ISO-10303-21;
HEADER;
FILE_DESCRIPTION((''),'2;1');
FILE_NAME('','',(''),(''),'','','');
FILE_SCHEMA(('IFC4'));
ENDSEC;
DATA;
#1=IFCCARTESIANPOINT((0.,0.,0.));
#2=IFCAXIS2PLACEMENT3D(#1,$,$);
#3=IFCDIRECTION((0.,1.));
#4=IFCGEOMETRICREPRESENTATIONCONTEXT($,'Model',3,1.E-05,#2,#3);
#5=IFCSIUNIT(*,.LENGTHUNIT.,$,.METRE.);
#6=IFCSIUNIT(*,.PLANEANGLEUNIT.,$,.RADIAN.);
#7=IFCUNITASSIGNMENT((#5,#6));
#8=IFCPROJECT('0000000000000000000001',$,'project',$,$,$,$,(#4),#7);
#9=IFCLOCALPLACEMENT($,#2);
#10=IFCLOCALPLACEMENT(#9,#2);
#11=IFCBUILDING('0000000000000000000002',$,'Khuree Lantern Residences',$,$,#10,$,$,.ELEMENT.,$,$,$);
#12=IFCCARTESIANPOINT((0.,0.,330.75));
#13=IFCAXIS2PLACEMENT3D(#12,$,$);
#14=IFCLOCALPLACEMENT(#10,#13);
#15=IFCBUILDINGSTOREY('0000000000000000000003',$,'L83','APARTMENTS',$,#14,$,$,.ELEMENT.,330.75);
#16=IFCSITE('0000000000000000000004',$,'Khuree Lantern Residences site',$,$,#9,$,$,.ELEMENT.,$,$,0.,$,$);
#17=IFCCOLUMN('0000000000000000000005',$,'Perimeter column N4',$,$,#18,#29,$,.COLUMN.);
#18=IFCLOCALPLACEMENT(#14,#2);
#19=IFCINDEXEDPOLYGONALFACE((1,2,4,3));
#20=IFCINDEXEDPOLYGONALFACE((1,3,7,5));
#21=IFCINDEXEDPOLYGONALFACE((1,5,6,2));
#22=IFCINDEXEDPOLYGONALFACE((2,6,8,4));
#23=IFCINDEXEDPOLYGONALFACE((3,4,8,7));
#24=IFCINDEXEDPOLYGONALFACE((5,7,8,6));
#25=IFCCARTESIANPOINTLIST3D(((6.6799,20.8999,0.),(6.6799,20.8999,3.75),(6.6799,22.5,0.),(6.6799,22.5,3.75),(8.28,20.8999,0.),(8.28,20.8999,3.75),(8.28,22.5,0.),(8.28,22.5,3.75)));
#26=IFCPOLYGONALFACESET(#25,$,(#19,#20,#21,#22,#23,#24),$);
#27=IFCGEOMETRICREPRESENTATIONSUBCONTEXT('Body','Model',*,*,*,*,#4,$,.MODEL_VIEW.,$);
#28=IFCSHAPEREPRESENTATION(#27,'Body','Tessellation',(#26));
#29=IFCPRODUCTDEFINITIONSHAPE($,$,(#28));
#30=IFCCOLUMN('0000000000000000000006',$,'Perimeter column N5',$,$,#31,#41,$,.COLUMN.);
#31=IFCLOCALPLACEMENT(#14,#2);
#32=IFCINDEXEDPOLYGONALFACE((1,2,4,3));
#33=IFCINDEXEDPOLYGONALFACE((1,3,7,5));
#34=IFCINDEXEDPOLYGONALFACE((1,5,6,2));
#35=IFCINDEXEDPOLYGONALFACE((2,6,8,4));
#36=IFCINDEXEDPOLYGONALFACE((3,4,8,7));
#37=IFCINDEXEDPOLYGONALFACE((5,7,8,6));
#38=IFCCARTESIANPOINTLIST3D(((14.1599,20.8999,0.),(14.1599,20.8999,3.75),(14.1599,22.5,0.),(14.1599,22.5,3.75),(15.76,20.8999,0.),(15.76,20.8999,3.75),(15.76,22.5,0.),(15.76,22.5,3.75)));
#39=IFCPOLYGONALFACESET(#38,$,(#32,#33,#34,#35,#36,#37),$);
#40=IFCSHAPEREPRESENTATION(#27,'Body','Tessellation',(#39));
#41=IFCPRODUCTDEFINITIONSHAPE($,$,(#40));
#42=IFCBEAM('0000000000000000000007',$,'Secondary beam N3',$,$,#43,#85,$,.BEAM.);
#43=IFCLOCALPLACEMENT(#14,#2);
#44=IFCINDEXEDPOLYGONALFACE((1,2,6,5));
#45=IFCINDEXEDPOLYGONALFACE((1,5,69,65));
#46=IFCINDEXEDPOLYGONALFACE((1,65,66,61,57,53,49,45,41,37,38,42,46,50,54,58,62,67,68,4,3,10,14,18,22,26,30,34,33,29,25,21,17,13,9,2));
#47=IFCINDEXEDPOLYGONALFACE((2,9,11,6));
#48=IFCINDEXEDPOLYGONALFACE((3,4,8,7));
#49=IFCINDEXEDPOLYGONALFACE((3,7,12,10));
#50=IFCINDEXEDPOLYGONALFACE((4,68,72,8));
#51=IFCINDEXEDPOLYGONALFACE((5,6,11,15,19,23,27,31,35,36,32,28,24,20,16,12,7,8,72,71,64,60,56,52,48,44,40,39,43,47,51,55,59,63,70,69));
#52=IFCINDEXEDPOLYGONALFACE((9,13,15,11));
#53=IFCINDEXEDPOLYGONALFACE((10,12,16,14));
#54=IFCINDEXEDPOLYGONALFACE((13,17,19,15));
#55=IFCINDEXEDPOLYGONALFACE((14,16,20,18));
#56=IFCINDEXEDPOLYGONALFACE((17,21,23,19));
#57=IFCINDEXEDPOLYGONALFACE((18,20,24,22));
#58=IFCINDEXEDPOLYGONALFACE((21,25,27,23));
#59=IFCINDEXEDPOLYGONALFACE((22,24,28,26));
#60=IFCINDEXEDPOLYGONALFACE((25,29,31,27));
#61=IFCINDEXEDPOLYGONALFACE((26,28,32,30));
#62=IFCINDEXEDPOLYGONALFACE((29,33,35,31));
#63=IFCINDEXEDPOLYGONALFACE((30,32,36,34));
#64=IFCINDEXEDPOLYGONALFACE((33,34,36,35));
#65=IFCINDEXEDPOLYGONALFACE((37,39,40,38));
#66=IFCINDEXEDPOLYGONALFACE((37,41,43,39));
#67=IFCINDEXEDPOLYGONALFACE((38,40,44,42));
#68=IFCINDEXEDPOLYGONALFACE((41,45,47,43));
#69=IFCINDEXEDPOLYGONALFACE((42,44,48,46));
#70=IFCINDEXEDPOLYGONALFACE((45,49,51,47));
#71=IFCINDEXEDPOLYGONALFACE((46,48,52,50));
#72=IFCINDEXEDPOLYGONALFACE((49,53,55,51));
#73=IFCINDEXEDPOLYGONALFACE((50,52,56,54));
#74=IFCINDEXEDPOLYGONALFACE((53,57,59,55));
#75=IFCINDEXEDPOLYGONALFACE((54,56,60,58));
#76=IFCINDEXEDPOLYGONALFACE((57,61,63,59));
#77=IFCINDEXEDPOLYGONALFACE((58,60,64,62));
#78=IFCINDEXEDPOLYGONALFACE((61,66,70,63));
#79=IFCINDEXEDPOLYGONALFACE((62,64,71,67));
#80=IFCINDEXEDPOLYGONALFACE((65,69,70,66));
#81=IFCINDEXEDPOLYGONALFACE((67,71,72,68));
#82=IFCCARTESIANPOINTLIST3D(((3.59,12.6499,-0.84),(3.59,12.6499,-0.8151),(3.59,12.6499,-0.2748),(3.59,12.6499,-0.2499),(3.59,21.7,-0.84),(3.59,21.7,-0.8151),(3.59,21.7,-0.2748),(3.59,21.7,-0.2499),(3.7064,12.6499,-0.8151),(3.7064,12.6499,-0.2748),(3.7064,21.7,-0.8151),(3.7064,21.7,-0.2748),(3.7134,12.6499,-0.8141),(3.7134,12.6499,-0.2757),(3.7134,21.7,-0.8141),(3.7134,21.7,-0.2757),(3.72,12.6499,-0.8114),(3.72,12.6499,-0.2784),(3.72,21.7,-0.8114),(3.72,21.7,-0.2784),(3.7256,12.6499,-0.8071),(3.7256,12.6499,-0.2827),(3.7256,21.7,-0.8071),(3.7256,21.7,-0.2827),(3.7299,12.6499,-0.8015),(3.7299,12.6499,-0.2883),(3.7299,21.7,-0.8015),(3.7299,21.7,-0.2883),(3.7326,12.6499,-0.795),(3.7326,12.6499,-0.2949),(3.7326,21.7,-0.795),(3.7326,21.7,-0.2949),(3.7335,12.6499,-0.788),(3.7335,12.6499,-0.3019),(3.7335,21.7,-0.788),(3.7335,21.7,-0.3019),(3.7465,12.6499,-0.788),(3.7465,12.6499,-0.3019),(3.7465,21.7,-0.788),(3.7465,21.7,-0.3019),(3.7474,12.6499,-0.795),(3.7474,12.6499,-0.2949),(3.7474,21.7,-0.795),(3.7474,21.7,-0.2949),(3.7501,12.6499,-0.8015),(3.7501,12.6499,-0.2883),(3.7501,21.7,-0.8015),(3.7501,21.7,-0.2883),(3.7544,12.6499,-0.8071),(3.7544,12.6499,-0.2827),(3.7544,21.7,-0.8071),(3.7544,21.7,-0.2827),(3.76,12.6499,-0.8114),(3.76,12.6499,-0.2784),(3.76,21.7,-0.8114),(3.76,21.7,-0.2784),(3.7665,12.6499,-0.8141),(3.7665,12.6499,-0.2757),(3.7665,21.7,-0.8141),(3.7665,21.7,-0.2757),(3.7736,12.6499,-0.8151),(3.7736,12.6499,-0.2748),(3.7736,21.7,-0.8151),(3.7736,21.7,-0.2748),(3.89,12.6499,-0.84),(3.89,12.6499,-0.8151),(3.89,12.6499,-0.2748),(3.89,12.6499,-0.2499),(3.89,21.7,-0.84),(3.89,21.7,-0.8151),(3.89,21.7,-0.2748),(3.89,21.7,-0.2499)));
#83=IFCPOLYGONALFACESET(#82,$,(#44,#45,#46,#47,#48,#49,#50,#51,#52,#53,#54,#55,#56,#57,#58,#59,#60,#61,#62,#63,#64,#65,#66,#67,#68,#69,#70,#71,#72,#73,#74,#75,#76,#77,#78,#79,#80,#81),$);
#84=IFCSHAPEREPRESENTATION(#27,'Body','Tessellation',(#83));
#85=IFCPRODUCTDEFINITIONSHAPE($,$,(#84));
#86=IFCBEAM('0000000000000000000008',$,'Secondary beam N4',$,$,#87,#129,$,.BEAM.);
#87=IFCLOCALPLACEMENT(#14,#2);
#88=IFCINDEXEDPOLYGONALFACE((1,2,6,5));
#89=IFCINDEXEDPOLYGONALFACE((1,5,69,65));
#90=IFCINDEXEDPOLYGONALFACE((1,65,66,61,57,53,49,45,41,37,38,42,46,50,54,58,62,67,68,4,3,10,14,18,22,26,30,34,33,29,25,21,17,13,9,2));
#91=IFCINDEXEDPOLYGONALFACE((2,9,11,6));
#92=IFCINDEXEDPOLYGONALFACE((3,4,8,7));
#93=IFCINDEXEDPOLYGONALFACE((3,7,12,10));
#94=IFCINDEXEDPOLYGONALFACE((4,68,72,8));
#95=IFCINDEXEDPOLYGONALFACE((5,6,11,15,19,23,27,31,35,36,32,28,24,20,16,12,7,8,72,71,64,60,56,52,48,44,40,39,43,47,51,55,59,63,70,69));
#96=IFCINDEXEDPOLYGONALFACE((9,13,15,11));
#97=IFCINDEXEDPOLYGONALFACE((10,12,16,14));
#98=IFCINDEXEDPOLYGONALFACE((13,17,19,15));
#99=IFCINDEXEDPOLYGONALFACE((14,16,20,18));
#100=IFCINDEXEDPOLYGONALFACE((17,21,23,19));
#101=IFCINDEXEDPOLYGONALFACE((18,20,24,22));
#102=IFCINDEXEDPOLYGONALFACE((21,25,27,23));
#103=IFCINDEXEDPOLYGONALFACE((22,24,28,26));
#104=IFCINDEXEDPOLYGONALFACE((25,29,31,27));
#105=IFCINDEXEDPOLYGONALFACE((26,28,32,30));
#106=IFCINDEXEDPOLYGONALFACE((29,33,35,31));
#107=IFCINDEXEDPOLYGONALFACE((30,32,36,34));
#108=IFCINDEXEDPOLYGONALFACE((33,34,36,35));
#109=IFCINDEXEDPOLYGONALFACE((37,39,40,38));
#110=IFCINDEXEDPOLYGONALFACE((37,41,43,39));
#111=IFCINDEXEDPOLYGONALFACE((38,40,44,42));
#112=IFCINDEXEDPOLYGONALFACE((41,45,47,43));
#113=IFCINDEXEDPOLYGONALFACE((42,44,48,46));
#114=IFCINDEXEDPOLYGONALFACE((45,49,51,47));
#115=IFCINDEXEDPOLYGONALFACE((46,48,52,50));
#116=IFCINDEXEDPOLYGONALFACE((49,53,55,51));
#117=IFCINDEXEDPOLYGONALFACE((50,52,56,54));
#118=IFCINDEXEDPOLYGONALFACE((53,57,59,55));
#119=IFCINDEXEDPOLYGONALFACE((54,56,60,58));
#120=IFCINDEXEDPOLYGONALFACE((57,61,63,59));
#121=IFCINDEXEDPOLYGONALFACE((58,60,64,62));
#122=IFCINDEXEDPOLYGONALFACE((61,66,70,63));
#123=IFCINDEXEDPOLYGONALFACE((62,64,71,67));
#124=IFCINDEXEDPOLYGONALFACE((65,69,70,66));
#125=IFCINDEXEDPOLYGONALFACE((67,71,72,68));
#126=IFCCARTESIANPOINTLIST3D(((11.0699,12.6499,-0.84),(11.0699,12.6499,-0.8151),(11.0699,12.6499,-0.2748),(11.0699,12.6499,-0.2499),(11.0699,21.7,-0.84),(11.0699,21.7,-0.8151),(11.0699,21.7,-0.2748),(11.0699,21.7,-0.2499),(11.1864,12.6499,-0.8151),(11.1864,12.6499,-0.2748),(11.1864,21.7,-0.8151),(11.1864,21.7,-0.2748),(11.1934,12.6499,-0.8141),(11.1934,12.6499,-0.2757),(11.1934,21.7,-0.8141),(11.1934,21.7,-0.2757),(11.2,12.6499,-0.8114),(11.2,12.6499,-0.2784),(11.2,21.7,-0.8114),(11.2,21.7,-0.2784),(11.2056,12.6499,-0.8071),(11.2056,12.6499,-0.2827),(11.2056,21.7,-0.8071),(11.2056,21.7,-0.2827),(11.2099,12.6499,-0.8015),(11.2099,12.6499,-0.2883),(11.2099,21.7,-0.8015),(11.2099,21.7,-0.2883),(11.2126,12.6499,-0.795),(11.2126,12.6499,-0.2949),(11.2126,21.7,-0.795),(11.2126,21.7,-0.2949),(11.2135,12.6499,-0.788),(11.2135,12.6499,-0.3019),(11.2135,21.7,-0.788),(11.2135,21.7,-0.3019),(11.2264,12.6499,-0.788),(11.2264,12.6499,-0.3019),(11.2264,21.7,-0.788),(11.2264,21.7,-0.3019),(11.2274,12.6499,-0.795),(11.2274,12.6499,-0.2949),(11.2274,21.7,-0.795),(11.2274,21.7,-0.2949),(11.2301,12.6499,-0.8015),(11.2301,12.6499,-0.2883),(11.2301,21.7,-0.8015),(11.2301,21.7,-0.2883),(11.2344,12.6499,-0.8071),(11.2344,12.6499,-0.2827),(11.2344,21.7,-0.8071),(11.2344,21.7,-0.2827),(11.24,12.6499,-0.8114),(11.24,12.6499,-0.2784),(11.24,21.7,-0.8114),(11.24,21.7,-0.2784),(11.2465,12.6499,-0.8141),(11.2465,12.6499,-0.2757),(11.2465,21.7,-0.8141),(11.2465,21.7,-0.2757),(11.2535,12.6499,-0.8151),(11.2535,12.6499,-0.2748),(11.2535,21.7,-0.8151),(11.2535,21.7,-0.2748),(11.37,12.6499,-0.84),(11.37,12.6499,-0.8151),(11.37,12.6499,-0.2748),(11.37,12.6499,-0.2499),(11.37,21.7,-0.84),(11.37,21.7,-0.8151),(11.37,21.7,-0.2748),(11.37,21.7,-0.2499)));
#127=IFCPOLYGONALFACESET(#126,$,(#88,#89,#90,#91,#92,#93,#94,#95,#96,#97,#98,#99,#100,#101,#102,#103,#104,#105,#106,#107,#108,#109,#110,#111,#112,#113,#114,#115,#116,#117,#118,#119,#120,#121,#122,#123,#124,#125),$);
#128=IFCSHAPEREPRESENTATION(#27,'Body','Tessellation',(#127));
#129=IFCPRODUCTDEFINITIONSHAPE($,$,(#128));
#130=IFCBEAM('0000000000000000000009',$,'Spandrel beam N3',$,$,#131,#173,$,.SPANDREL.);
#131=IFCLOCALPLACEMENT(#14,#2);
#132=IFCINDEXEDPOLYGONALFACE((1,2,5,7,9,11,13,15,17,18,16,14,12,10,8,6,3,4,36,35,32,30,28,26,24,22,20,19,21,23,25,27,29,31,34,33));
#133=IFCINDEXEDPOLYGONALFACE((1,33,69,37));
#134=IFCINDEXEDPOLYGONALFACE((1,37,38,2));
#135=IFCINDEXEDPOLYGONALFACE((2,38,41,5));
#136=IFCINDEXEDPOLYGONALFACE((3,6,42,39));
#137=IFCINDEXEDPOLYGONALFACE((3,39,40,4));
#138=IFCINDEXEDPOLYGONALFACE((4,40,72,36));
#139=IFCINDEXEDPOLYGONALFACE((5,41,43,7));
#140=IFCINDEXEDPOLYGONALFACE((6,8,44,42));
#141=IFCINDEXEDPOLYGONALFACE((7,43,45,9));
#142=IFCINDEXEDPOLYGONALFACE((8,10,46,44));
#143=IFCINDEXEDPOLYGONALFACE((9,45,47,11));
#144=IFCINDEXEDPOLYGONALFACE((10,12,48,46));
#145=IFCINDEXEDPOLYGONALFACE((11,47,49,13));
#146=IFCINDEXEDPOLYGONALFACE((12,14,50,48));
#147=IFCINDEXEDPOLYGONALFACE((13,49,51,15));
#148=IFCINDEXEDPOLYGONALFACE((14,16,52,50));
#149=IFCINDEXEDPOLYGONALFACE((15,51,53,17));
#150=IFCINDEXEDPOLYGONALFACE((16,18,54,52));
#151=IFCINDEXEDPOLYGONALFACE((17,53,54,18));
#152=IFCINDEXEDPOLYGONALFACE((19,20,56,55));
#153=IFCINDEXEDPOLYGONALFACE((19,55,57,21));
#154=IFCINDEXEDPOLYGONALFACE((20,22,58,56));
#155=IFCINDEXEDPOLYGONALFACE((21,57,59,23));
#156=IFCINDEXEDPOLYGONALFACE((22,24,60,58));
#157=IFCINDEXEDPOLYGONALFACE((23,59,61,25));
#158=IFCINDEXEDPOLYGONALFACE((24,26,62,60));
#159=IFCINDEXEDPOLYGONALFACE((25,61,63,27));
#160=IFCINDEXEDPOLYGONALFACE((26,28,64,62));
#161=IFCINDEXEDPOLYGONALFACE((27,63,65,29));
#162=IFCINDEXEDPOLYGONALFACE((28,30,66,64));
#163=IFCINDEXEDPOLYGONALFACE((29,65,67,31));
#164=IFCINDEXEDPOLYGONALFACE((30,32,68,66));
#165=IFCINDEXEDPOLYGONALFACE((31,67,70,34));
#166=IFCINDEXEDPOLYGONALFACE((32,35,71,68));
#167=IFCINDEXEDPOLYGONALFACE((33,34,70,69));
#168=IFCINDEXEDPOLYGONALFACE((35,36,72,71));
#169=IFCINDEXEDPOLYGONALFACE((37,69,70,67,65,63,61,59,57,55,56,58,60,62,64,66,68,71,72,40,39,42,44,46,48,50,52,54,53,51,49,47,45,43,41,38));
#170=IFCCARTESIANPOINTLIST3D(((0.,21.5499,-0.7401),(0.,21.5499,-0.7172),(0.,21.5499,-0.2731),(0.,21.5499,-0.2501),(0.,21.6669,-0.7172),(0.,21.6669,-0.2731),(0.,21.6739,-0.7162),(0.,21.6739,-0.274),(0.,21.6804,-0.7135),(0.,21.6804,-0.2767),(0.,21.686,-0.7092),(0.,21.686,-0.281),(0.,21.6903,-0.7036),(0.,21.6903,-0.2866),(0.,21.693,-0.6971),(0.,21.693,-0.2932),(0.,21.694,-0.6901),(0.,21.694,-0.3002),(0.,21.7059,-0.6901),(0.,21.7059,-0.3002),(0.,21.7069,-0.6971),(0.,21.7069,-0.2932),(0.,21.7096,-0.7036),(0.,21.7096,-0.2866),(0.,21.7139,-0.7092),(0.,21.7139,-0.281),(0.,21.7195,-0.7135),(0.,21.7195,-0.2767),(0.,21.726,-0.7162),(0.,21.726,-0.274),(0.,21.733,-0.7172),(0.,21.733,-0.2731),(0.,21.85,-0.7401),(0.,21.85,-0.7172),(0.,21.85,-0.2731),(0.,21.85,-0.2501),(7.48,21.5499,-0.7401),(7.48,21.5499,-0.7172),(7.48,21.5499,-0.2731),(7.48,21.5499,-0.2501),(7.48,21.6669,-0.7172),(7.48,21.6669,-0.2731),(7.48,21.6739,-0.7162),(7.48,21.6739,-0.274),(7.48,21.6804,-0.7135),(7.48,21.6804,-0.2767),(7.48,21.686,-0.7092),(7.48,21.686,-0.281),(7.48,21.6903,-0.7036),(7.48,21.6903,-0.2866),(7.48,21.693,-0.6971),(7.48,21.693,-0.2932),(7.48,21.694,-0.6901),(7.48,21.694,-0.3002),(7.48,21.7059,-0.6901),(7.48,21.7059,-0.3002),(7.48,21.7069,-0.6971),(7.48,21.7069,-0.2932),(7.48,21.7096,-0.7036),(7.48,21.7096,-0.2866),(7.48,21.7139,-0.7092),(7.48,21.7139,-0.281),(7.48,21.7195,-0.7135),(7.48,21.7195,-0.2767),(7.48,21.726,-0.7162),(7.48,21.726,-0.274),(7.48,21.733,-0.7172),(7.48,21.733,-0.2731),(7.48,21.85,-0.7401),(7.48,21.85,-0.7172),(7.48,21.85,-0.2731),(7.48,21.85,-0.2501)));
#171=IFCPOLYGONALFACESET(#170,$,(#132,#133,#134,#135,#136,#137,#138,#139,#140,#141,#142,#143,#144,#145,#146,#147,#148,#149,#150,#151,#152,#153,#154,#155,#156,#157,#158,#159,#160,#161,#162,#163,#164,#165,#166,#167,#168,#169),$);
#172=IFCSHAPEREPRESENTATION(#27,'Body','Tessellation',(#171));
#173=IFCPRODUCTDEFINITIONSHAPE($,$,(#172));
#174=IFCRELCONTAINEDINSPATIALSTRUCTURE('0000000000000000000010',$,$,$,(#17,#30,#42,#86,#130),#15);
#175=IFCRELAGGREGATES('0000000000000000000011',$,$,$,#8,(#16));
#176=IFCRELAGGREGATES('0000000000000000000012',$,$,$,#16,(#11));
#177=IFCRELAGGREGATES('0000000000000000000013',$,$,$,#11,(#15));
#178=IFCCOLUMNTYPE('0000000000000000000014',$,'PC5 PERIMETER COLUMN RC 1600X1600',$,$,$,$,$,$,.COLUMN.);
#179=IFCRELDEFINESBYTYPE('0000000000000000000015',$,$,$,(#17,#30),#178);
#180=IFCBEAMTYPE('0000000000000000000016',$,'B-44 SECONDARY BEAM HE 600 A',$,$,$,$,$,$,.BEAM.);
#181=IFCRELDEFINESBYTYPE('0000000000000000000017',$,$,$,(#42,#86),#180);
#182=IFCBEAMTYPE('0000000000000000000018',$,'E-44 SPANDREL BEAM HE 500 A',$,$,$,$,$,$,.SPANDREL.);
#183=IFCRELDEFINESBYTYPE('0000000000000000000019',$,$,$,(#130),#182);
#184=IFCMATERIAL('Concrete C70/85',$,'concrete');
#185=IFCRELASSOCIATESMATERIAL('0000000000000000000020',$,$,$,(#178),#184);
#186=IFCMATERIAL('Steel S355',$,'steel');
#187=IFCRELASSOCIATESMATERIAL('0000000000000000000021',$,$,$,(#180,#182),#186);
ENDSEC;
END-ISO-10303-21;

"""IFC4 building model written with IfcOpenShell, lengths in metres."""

from ifc_helpers import new_model, si_unit, direction, frame, origin, origin_2d, place, context, subcontext, project, spatial, rectangle, i_section, extrude, material, material_profile, profile_set, type_object, element, save


model = new_model("IFC4")

# Units and contexts
model_context = context("Model", 3, precision=1e-05, world=origin(), true_north=direction((0.0, 1.0)))
body_context = subcontext(model_context, "Body", "Model", "MODEL_VIEW")
ifc_project = project(units=[si_unit("LENGTHUNIT", "METRE"), si_unit("PLANEANGLEUNIT", "RADIAN")], contexts=[model_context])

# Site, building, storey
site_placement = place(None, origin())
site = spatial("IfcSite", under=ifc_project, at=site_placement, Name="Khuree Lantern Residences site", CompositionType="ELEMENT", RefElevation=0.0)
building_placement = place(site_placement, origin())
building = spatial("IfcBuilding", under=site, at=building_placement, Name="Khuree Lantern Residences", CompositionType="ELEMENT")
storey_placement = place(building_placement, frame((0.0, 0.0, 330.75)))
storey = spatial("IfcBuildingStorey", under=building, at=storey_placement, Name="L83", Description="APARTMENTS", CompositionType="ELEMENT", Elevation=330.75)

# Columns
ifc_material_1 = material(Name="Concrete C70/85", Category="concrete")
ifc_material_profile_1 = material_profile(ifc_material_1, rectangle(XDim=1.6001, YDim=1.6001, at=origin_2d()), Name="RC 1600X1600")
ifc_profile_set_1 = profile_set([ifc_material_profile_1], Name="Concrete C70/85")
column_type = type_object("IfcColumnType", Name="PC5 PERIMETER COLUMN RC 1600X1600", PredefinedType="COLUMN", material=ifc_profile_set_1)
for number, where, z_axis, x_axis, name in (
    (1, (7.48, 21.7, 0.0), (0.0, 0.0, 1.0), (1.0, 0.0, 0.0), "Perimeter column N4"),
    (2, (14.96, 21.7, 0.0), (0.0, 0.0, 1.0), (1.0, 0.0, 0.0), "Perimeter column N5"),
):
    element("IfcColumn", number, at=place(storey_placement, frame(where, z_axis=z_axis, x_axis=x_axis)), inside=storey, type_object=column_type, Name=name, PredefinedType="COLUMN", context=body_context, shape_type="SweptSolid", body=[
        extrude(rectangle(XDim=1.6001, YDim=1.6001, at=origin_2d()), origin(), (0.0, 0.0, 1.0), 3.75),
    ])

# Beams
ifc_material_2 = material(Name="Steel S355", Category="steel")
ifc_material_profile_2 = material_profile(ifc_material_2, i_section(OverallWidth=0.3, OverallDepth=0.5901, WebThickness=0.0129, FlangeThickness=0.0249, FilletRadius=0.0271, at=origin_2d()), Name="HE 600 A")
ifc_profile_set_2 = profile_set([ifc_material_profile_2], Name="Steel S355")
beam_type_1 = type_object("IfcBeamType", Name="B-44 SECONDARY BEAM HE 600 A", PredefinedType="BEAM", material=ifc_profile_set_2)
for number, where, z_axis, x_axis, name in (
    (3, (3.74, 21.7, -0.5449), (0.0, -1.0, 0.0), (1.0, 0.0, 0.0), "Secondary beam N3"),
    (4, (11.22, 21.7, -0.5449), (0.0, -1.0, 0.0), (1.0, 0.0, 0.0), "Secondary beam N4"),
):
    element("IfcBeam", number, at=place(storey_placement, frame(where, z_axis=z_axis, x_axis=x_axis)), inside=storey, type_object=beam_type_1, Name=name, PredefinedType="BEAM", context=body_context, shape_type="SweptSolid", body=[
        extrude(i_section(OverallWidth=0.3, OverallDepth=0.5901, WebThickness=0.0129, FlangeThickness=0.0249, FilletRadius=0.0271, at=origin_2d()), origin(), (0.0, 0.0, 1.0), 9.05),
    ])
ifc_material_profile_3 = material_profile(ifc_material_2, i_section(OverallWidth=0.3, OverallDepth=0.49, WebThickness=0.012, FlangeThickness=0.0229, FilletRadius=0.0271, at=origin_2d()), Name="HE 500 A")
ifc_profile_set_3 = profile_set([ifc_material_profile_3], Name="Steel S355")
beam_type_2 = type_object("IfcBeamType", Name="E-44 SPANDREL BEAM HE 500 A", PredefinedType="SPANDREL", material=ifc_profile_set_3)
for number, where, z_axis, x_axis, name in (
    (5, (0.0, 21.7, -0.4951), (1.0, 0.0, 0.0), (0.0, 1.0, 0.0), "Spandrel beam N3"),
):
    element("IfcBeam", number, at=place(storey_placement, frame(where, z_axis=z_axis, x_axis=x_axis)), inside=storey, type_object=beam_type_2, Name=name, PredefinedType="SPANDREL", context=body_context, shape_type="SweptSolid", body=[
        extrude(i_section(OverallWidth=0.3, OverallDepth=0.49, WebThickness=0.012, FlangeThickness=0.0229, FilletRadius=0.0271, at=origin_2d()), origin(), (0.0, 0.0, 1.0), 7.48),
    ])

save(model, "model.ifc")
